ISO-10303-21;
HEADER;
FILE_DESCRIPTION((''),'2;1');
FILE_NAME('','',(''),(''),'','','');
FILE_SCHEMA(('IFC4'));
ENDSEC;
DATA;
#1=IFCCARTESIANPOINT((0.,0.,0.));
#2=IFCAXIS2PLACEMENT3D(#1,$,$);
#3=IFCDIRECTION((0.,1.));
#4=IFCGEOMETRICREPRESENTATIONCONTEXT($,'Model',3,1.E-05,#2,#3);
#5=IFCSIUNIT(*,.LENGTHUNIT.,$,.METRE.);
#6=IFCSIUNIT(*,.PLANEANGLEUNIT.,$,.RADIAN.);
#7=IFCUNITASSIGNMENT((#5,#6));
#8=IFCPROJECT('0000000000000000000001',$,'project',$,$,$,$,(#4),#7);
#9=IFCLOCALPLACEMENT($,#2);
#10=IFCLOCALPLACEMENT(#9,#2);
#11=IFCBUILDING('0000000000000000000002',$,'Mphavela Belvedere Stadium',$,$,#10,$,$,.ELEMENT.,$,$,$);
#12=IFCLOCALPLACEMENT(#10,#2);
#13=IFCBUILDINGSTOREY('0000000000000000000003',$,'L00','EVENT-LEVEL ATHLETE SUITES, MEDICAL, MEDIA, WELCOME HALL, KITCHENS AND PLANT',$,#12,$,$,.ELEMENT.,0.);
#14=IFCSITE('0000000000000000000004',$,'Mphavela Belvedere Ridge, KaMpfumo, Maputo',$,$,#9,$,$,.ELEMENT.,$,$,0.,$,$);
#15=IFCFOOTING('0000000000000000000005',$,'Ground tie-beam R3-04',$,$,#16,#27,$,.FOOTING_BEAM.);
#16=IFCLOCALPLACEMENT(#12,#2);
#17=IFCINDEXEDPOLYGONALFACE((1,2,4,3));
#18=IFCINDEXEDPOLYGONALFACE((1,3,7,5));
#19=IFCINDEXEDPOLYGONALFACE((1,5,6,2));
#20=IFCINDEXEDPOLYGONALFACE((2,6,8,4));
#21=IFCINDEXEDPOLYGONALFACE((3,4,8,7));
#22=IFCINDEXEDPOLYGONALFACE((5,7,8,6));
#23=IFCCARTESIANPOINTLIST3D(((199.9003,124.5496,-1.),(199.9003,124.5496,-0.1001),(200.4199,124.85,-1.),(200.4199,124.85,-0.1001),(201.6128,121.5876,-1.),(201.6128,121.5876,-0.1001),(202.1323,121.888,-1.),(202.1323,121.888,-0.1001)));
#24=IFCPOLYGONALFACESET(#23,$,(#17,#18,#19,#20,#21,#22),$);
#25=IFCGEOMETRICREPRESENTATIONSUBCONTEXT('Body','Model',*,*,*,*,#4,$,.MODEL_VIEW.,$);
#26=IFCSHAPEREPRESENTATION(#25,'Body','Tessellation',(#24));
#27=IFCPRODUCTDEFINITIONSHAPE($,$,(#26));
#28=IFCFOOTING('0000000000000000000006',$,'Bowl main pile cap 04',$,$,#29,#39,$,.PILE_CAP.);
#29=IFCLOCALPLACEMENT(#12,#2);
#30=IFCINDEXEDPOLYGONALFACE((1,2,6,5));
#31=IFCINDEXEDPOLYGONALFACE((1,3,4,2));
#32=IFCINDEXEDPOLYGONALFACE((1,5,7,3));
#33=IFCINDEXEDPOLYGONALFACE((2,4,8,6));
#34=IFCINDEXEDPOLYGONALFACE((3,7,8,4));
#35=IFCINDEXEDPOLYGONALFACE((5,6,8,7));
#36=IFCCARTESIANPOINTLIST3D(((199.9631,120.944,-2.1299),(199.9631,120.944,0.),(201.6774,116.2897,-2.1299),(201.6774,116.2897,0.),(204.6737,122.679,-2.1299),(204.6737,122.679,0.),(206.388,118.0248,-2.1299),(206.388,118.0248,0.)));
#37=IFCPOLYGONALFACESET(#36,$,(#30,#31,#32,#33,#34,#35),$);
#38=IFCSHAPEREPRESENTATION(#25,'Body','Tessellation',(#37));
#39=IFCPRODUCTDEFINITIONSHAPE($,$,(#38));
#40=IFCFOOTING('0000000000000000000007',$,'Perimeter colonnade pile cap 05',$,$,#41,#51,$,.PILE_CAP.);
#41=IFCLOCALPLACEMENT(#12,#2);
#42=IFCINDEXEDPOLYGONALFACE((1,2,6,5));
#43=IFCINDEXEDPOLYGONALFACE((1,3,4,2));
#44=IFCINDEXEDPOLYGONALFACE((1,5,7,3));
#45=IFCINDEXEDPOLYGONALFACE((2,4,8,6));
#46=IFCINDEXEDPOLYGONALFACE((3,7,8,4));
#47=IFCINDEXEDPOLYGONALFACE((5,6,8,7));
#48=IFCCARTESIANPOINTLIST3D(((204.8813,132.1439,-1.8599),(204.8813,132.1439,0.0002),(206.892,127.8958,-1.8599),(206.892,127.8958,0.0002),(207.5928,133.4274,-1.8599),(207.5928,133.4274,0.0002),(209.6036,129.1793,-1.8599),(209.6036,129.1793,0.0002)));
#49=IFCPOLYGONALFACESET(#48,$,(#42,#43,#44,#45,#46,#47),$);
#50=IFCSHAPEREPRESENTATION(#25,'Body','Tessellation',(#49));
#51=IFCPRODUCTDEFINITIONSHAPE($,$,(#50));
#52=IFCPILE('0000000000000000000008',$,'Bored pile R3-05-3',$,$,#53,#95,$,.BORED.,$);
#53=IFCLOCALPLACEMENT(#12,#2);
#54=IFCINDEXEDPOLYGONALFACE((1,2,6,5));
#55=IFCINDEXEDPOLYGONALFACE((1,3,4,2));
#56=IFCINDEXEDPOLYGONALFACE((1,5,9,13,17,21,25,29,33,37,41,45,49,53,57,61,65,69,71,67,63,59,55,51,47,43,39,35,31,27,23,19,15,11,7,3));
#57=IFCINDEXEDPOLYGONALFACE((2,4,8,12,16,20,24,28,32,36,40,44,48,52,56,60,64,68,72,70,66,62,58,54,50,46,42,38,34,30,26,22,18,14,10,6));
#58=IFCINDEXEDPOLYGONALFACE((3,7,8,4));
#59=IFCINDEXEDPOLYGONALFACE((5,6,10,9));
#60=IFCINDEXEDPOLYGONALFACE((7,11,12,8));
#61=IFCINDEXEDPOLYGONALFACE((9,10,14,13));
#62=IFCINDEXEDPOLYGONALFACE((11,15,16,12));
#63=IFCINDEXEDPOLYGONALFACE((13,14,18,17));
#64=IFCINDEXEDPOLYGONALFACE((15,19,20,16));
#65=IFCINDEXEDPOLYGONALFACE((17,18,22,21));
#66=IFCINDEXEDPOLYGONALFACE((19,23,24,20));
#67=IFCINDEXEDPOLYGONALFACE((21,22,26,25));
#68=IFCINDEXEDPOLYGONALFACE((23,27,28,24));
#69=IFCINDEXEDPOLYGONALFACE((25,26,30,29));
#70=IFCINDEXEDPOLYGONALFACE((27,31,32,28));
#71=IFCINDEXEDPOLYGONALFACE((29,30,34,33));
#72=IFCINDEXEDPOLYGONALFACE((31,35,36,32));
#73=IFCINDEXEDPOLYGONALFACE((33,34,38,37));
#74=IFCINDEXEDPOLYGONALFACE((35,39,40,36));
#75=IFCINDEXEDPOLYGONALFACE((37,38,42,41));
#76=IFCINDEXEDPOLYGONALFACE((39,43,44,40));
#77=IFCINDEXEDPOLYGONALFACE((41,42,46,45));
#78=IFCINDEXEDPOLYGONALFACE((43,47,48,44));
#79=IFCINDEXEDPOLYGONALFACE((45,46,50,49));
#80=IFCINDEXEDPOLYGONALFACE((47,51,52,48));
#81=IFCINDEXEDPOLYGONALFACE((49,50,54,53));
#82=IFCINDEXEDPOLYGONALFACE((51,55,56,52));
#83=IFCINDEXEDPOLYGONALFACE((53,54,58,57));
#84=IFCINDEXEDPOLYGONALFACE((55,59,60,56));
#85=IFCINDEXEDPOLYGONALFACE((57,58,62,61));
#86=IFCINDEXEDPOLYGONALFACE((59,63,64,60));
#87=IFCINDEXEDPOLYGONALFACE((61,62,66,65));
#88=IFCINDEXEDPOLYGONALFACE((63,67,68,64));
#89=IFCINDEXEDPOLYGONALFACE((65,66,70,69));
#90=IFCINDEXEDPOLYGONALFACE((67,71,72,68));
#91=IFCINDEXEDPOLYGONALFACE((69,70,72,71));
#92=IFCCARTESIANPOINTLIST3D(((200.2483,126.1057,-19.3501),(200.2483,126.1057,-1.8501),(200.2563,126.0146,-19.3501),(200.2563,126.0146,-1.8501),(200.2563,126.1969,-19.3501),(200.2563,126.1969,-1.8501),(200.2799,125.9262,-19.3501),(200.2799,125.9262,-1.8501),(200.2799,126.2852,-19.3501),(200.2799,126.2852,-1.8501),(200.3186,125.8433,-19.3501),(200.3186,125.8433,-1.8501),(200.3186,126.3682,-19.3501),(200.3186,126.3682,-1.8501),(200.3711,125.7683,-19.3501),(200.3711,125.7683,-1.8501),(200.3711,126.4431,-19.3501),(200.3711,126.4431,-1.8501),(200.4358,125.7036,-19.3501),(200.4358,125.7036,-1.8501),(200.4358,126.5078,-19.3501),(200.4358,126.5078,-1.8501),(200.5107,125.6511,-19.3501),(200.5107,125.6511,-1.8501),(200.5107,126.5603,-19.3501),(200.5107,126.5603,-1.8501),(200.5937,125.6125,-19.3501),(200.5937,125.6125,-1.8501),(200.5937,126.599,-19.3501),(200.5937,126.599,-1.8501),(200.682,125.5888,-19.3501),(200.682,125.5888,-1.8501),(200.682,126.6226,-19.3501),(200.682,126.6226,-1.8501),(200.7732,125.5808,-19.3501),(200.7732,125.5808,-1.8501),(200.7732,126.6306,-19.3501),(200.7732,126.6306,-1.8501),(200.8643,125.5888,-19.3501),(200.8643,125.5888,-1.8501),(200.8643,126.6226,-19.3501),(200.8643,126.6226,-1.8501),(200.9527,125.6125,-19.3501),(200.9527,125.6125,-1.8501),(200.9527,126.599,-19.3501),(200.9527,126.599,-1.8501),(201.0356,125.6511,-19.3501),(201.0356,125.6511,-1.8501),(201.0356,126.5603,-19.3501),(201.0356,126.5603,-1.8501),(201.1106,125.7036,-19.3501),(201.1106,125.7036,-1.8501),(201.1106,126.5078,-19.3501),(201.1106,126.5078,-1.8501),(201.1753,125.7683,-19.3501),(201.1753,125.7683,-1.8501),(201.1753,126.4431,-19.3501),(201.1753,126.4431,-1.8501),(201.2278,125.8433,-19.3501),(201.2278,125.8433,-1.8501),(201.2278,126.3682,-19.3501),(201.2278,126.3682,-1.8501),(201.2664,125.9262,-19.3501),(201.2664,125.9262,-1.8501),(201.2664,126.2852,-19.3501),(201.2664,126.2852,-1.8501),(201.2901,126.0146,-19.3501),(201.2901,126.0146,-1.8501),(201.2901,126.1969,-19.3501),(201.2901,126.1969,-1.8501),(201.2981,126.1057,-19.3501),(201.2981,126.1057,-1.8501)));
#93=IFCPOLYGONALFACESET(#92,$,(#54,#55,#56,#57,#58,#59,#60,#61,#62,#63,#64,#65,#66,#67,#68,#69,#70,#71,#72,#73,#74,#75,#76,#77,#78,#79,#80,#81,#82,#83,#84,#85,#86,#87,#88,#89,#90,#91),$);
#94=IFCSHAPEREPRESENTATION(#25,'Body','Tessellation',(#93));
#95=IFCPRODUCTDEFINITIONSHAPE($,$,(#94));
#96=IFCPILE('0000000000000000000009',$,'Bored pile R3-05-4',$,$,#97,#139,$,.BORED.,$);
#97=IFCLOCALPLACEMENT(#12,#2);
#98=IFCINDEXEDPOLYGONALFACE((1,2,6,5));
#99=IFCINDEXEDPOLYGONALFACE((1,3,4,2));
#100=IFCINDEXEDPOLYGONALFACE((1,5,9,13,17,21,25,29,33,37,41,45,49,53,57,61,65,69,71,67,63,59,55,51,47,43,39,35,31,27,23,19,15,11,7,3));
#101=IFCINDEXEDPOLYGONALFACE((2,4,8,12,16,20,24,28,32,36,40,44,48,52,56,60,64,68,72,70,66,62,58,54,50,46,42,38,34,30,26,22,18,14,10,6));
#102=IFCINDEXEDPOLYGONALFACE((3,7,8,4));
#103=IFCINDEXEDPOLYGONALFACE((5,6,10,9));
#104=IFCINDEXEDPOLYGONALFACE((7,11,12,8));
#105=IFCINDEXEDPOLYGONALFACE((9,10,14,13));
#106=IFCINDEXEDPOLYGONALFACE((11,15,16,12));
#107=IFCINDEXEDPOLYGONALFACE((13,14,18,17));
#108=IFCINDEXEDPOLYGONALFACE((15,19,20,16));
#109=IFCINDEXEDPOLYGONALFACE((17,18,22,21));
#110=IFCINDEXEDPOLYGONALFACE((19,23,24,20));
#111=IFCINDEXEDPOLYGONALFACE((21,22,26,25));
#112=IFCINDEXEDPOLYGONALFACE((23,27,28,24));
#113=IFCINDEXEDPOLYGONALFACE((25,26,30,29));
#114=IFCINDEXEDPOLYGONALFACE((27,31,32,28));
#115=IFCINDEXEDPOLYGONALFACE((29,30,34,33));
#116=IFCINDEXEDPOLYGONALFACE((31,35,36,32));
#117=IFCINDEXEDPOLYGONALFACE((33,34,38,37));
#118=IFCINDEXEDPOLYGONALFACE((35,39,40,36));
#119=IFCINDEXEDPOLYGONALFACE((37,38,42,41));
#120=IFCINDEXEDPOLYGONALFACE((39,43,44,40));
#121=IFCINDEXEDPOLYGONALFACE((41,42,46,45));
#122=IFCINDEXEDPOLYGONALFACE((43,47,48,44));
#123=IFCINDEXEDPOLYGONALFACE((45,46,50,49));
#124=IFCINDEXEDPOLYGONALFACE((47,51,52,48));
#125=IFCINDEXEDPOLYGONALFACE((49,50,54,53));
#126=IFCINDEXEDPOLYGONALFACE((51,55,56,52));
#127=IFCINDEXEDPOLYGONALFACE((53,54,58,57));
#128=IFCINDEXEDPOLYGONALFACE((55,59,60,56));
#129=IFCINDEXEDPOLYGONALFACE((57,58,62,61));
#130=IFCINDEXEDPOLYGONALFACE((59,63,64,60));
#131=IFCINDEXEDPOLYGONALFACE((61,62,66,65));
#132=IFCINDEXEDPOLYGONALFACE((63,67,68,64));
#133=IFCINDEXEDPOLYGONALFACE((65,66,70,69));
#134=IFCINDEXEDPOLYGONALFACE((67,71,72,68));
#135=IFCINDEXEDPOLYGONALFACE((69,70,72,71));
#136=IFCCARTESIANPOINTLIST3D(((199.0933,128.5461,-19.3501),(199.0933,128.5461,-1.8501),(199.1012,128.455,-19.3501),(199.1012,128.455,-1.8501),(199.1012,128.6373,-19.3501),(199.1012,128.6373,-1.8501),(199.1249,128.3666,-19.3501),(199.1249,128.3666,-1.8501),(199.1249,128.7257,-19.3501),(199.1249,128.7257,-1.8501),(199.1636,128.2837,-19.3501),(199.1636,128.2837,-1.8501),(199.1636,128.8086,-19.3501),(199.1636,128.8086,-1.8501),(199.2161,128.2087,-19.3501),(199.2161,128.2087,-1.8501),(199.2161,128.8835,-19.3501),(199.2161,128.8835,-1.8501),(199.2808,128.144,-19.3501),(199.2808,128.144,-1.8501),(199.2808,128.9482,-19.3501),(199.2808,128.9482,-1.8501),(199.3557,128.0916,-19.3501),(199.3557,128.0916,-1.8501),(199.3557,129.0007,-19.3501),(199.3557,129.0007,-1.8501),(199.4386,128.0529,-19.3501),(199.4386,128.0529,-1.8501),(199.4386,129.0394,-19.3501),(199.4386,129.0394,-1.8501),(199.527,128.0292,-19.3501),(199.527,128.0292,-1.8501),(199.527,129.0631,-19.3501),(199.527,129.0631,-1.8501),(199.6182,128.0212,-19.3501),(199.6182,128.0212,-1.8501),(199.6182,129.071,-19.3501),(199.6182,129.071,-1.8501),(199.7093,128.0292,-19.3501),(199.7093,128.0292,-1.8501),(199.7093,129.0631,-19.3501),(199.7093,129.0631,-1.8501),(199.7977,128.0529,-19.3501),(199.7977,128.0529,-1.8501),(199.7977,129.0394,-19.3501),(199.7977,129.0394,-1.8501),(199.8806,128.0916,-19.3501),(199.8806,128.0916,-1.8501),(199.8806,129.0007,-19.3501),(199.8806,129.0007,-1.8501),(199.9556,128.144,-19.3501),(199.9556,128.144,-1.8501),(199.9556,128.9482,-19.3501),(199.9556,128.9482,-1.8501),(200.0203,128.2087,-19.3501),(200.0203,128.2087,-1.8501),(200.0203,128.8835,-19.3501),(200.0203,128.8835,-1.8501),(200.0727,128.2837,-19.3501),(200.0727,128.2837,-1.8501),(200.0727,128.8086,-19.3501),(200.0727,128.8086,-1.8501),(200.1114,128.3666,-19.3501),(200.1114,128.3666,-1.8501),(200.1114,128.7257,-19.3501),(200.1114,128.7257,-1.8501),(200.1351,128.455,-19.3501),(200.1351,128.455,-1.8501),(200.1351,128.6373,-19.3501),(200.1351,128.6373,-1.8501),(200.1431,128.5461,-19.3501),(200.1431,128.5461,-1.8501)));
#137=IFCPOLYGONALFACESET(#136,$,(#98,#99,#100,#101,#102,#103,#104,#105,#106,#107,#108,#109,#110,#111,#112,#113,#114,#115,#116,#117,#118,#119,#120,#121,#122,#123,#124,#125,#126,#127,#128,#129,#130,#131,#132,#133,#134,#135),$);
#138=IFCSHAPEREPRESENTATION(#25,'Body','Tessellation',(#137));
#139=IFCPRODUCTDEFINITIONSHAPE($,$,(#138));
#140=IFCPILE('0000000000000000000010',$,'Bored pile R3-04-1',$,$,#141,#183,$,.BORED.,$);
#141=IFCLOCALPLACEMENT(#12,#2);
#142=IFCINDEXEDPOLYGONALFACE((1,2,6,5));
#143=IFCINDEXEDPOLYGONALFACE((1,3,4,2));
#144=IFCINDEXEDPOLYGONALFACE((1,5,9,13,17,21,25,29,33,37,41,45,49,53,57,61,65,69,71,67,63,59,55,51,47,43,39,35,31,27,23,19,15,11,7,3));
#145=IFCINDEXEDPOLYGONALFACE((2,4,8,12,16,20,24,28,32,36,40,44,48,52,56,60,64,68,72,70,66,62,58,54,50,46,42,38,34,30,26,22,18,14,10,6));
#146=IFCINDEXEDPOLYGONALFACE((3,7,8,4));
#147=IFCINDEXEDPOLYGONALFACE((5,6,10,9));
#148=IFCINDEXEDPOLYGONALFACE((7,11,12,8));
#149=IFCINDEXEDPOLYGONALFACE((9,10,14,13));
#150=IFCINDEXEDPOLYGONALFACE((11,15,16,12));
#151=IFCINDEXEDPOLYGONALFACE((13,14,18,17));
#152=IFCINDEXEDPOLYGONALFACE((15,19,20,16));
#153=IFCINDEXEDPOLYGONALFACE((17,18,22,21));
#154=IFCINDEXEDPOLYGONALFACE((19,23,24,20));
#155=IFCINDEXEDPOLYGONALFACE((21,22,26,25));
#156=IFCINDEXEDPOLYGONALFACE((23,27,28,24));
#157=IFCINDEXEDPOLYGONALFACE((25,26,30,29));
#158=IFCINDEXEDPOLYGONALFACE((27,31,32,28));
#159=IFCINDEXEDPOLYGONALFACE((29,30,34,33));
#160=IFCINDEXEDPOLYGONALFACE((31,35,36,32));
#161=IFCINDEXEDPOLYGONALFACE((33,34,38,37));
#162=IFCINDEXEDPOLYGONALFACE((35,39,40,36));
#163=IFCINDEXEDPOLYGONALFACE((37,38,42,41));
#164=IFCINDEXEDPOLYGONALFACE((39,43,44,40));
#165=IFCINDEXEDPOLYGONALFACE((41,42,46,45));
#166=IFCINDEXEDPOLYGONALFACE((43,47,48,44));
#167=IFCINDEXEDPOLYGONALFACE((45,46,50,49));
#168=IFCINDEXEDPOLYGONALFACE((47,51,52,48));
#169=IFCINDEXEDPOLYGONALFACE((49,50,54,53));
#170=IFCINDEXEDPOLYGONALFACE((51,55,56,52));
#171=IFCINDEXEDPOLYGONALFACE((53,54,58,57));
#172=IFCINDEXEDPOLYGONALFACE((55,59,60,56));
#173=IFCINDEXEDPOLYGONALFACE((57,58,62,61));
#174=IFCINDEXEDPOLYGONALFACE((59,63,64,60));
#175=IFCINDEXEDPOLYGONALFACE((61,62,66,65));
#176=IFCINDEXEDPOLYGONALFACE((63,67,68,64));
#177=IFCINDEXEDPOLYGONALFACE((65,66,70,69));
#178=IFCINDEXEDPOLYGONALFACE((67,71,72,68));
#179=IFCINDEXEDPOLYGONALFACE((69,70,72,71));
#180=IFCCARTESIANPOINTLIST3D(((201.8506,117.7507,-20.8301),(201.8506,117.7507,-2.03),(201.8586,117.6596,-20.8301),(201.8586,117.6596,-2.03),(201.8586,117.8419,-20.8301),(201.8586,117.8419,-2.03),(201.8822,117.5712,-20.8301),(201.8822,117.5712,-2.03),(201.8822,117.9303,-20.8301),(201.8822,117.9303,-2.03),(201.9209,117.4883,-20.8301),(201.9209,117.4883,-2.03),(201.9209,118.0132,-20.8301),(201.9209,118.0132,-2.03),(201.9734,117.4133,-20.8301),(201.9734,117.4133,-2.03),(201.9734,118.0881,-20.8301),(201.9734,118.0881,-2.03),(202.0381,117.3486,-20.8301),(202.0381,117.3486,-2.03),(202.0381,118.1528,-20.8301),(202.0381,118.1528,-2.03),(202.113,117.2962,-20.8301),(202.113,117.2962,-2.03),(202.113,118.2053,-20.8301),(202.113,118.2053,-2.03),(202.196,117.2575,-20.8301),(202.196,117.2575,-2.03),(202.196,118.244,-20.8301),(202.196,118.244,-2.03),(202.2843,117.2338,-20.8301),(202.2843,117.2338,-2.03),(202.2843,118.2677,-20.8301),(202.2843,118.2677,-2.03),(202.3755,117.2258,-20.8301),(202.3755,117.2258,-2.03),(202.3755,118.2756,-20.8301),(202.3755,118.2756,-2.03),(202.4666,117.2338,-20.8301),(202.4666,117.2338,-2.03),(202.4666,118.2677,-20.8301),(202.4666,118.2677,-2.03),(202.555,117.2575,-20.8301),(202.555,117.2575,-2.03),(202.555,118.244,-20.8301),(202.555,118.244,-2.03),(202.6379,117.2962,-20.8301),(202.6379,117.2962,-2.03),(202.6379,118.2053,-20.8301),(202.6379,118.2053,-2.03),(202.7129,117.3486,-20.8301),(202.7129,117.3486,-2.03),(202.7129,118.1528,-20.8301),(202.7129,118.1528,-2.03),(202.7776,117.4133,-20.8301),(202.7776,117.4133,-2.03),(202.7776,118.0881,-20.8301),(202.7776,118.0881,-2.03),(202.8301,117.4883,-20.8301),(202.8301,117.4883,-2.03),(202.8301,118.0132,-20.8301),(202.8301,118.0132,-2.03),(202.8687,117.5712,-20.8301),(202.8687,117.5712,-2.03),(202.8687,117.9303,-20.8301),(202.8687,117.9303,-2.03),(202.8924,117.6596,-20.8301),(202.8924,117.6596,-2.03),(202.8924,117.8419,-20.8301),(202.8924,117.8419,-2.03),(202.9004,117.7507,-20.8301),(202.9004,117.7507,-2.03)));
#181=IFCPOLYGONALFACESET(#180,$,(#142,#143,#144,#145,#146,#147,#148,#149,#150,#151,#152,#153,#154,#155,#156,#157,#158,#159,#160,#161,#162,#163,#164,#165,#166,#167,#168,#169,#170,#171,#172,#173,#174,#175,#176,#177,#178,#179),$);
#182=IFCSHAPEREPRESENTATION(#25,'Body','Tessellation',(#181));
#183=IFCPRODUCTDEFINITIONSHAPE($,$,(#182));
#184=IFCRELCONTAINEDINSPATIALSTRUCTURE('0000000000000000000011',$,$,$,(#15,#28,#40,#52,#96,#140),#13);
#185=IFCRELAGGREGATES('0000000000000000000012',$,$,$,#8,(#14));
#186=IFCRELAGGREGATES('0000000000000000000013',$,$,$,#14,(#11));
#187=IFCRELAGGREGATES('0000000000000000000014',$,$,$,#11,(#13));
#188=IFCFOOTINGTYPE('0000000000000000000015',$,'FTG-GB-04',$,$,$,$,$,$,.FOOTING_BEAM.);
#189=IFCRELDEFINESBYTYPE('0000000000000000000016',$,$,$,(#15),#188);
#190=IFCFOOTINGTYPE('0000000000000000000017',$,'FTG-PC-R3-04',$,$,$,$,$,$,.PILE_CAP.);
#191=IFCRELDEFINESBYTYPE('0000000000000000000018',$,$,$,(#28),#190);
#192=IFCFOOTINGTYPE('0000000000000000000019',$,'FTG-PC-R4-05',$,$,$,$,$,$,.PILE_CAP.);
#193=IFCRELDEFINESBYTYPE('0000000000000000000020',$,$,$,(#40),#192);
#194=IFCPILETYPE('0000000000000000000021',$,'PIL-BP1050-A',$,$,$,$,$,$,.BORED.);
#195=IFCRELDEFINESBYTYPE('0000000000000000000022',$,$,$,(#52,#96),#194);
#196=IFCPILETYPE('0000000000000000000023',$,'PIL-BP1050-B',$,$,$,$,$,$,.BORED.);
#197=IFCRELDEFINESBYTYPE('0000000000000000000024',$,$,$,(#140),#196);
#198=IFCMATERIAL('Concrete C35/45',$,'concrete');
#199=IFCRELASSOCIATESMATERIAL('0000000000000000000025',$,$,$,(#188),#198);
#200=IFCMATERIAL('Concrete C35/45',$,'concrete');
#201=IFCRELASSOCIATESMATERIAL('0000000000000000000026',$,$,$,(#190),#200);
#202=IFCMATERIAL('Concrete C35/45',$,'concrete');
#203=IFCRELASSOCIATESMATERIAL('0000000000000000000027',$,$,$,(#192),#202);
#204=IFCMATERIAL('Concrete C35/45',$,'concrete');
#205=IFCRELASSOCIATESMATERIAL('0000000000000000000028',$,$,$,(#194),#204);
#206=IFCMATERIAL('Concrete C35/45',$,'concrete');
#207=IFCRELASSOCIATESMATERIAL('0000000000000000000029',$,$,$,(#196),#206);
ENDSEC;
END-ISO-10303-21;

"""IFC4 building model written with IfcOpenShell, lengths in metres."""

from ifc_helpers import new_model, si_unit, direction, frame, origin, origin_2d, place, context, subcontext, project, spatial, rectangle, circle, extrude, material, material_profile, profile_set, type_object, element, save


model = new_model("IFC4")

# Units and contexts
model_context = context("Model", 3, precision=1e-05, world=origin(), true_north=direction((0.0, 1.0)))
body_context = subcontext(model_context, "Body", "Model", "MODEL_VIEW")
ifc_project = project(units=[si_unit("LENGTHUNIT", "METRE"), si_unit("PLANEANGLEUNIT", "RADIAN")], contexts=[model_context])

# Site, building, storey
site_placement = place(None, origin())
site = spatial("IfcSite", under=ifc_project, at=site_placement, Name="Mphavela Belvedere Ridge, KaMpfumo, Maputo", CompositionType="ELEMENT", RefElevation=0.0)
building_placement = place(site_placement, origin())
building = spatial("IfcBuilding", under=site, at=building_placement, Name="Mphavela Belvedere Stadium", CompositionType="ELEMENT")
storey_placement = place(building_placement, origin())
storey = spatial("IfcBuildingStorey", under=building, at=storey_placement, Name="L00", Description="EVENT-LEVEL ATHLETE SUITES, MEDICAL, MEDIA, WELCOME HALL, KITCHENS AND PLANT", CompositionType="ELEMENT", Elevation=0.0)

# Footings
ifc_material_1 = material(Name="Concrete C35/45", Category="concrete")
ifc_material_profile_1 = material_profile(ifc_material_1, rectangle(XDim=0.6001, YDim=0.8999, at=origin_2d()), Name="GB 600x900")
ifc_profile_set_1 = profile_set([ifc_material_profile_1], Name="Concrete C35/45")
footing_type_1 = type_object("IfcFootingType", Name="FTG-GB-04", PredefinedType="FOOTING_BEAM", material=ifc_profile_set_1)
footing_1_placement = place(storey_placement, frame((201.8726, 121.7378, -0.55), z_axis=(-0.500513, 0.865729, 0.0), x_axis=(-0.865729, -0.500513, 0.0)))
element("IfcFooting", 1, at=footing_1_placement, inside=storey, type_object=footing_type_1, Name="Ground tie-beam R3-04", PredefinedType="FOOTING_BEAM", context=body_context, shape_type="SweptSolid", body=[
    extrude(rectangle(XDim=0.6001, YDim=0.8999, at=origin_2d()), origin(), (0.0, 0.0, 1.0), 3.4214),
])
ifc_material_2 = material(Name="Concrete C35/45", Category="concrete")
footing_type_2 = type_object("IfcFootingType", Name="FTG-PC-R3-04", PredefinedType="PILE_CAP", material=ifc_material_2)
footing_2_placement = place(storey_placement, frame((203.1755, 119.4844, -2.1299), z_axis=(0.0, 0.0, 1.0), x_axis=(0.938372, 0.345626, 0.0)))
element("IfcFooting", 2, at=footing_2_placement, inside=storey, type_object=footing_type_2, Name="Bowl main pile cap 04", PredefinedType="PILE_CAP", context=body_context, shape_type="SweptSolid", body=[
    extrude(rectangle(XDim=5.02, YDim=4.96, at=origin_2d()), origin(), (0.0, 0.0, 1.0), 2.1299),
])
ifc_material_3 = material(Name="Concrete C35/45", Category="concrete")
footing_type_3 = type_object("IfcFootingType", Name="FTG-PC-R4-05", PredefinedType="PILE_CAP", material=ifc_material_3)
footing_3_placement = place(storey_placement, frame((207.2424, 130.6616, -1.8599), z_axis=(0.0, 0.0, 1.0), x_axis=(-0.427831, 0.903859, 0.0)))
element("IfcFooting", 3, at=footing_3_placement, inside=storey, type_object=footing_type_3, Name="Perimeter colonnade pile cap 05", PredefinedType="PILE_CAP", context=body_context, shape_type="SweptSolid", body=[
    extrude(rectangle(XDim=4.7, YDim=3.0, at=origin_2d()), origin(), (0.0, 0.0, 1.0), 1.8601),
])

# Piles
ifc_material_4 = material(Name="Concrete C35/45", Category="concrete")
ifc_material_profile_2 = material_profile(ifc_material_4, circle(Radius=0.5249, at=origin_2d()), Name="BP D1050")
ifc_profile_set_2 = profile_set([ifc_material_profile_2], Name="Concrete C35/45")
pile_type_1 = type_object("IfcPileType", Name="PIL-BP1050-A", PredefinedType="BORED", material=ifc_profile_set_2)
for number, where, z_axis, x_axis, name in (
    (4, (200.7732, 126.1057, -1.8501), (0.0, 0.0, -1.0), (1.0, 0.0, 0.0), "Bored pile R3-05-3"),
    (5, (199.6182, 128.5461, -1.8501), (0.0, 0.0, -1.0), (1.0, 0.0, 0.0), "Bored pile R3-05-4"),
):
    element("IfcPile", number, at=place(storey_placement, frame(where, z_axis=z_axis, x_axis=x_axis)), inside=storey, type_object=pile_type_1, Name=name, PredefinedType="BORED", context=body_context, shape_type="SweptSolid", body=[
        extrude(circle(Radius=0.5249, at=origin_2d()), origin(), (0.0, 0.0, 1.0), 17.5),
    ])
ifc_material_5 = material(Name="Concrete C35/45", Category="concrete")
ifc_material_profile_3 = material_profile(ifc_material_5, circle(Radius=0.5249, at=origin_2d()), Name="BP D1050")
ifc_profile_set_3 = profile_set([ifc_material_profile_3], Name="Concrete C35/45")
pile_type_2 = type_object("IfcPileType", Name="PIL-BP1050-B", PredefinedType="BORED", material=ifc_profile_set_3)
for number, where, z_axis, x_axis, name in (
    (6, (202.3755, 117.7507, -2.03), (0.0, 0.0, -1.0), (1.0, 0.0, 0.0), "Bored pile R3-04-1"),
):
    element("IfcPile", number, at=place(storey_placement, frame(where, z_axis=z_axis, x_axis=x_axis)), inside=storey, type_object=pile_type_2, Name=name, PredefinedType="BORED", context=body_context, shape_type="SweptSolid", body=[
        extrude(circle(Radius=0.5249, at=origin_2d()), origin(), (0.0, 0.0, 1.0), 18.8),
    ])

save(model, "model.ifc")
